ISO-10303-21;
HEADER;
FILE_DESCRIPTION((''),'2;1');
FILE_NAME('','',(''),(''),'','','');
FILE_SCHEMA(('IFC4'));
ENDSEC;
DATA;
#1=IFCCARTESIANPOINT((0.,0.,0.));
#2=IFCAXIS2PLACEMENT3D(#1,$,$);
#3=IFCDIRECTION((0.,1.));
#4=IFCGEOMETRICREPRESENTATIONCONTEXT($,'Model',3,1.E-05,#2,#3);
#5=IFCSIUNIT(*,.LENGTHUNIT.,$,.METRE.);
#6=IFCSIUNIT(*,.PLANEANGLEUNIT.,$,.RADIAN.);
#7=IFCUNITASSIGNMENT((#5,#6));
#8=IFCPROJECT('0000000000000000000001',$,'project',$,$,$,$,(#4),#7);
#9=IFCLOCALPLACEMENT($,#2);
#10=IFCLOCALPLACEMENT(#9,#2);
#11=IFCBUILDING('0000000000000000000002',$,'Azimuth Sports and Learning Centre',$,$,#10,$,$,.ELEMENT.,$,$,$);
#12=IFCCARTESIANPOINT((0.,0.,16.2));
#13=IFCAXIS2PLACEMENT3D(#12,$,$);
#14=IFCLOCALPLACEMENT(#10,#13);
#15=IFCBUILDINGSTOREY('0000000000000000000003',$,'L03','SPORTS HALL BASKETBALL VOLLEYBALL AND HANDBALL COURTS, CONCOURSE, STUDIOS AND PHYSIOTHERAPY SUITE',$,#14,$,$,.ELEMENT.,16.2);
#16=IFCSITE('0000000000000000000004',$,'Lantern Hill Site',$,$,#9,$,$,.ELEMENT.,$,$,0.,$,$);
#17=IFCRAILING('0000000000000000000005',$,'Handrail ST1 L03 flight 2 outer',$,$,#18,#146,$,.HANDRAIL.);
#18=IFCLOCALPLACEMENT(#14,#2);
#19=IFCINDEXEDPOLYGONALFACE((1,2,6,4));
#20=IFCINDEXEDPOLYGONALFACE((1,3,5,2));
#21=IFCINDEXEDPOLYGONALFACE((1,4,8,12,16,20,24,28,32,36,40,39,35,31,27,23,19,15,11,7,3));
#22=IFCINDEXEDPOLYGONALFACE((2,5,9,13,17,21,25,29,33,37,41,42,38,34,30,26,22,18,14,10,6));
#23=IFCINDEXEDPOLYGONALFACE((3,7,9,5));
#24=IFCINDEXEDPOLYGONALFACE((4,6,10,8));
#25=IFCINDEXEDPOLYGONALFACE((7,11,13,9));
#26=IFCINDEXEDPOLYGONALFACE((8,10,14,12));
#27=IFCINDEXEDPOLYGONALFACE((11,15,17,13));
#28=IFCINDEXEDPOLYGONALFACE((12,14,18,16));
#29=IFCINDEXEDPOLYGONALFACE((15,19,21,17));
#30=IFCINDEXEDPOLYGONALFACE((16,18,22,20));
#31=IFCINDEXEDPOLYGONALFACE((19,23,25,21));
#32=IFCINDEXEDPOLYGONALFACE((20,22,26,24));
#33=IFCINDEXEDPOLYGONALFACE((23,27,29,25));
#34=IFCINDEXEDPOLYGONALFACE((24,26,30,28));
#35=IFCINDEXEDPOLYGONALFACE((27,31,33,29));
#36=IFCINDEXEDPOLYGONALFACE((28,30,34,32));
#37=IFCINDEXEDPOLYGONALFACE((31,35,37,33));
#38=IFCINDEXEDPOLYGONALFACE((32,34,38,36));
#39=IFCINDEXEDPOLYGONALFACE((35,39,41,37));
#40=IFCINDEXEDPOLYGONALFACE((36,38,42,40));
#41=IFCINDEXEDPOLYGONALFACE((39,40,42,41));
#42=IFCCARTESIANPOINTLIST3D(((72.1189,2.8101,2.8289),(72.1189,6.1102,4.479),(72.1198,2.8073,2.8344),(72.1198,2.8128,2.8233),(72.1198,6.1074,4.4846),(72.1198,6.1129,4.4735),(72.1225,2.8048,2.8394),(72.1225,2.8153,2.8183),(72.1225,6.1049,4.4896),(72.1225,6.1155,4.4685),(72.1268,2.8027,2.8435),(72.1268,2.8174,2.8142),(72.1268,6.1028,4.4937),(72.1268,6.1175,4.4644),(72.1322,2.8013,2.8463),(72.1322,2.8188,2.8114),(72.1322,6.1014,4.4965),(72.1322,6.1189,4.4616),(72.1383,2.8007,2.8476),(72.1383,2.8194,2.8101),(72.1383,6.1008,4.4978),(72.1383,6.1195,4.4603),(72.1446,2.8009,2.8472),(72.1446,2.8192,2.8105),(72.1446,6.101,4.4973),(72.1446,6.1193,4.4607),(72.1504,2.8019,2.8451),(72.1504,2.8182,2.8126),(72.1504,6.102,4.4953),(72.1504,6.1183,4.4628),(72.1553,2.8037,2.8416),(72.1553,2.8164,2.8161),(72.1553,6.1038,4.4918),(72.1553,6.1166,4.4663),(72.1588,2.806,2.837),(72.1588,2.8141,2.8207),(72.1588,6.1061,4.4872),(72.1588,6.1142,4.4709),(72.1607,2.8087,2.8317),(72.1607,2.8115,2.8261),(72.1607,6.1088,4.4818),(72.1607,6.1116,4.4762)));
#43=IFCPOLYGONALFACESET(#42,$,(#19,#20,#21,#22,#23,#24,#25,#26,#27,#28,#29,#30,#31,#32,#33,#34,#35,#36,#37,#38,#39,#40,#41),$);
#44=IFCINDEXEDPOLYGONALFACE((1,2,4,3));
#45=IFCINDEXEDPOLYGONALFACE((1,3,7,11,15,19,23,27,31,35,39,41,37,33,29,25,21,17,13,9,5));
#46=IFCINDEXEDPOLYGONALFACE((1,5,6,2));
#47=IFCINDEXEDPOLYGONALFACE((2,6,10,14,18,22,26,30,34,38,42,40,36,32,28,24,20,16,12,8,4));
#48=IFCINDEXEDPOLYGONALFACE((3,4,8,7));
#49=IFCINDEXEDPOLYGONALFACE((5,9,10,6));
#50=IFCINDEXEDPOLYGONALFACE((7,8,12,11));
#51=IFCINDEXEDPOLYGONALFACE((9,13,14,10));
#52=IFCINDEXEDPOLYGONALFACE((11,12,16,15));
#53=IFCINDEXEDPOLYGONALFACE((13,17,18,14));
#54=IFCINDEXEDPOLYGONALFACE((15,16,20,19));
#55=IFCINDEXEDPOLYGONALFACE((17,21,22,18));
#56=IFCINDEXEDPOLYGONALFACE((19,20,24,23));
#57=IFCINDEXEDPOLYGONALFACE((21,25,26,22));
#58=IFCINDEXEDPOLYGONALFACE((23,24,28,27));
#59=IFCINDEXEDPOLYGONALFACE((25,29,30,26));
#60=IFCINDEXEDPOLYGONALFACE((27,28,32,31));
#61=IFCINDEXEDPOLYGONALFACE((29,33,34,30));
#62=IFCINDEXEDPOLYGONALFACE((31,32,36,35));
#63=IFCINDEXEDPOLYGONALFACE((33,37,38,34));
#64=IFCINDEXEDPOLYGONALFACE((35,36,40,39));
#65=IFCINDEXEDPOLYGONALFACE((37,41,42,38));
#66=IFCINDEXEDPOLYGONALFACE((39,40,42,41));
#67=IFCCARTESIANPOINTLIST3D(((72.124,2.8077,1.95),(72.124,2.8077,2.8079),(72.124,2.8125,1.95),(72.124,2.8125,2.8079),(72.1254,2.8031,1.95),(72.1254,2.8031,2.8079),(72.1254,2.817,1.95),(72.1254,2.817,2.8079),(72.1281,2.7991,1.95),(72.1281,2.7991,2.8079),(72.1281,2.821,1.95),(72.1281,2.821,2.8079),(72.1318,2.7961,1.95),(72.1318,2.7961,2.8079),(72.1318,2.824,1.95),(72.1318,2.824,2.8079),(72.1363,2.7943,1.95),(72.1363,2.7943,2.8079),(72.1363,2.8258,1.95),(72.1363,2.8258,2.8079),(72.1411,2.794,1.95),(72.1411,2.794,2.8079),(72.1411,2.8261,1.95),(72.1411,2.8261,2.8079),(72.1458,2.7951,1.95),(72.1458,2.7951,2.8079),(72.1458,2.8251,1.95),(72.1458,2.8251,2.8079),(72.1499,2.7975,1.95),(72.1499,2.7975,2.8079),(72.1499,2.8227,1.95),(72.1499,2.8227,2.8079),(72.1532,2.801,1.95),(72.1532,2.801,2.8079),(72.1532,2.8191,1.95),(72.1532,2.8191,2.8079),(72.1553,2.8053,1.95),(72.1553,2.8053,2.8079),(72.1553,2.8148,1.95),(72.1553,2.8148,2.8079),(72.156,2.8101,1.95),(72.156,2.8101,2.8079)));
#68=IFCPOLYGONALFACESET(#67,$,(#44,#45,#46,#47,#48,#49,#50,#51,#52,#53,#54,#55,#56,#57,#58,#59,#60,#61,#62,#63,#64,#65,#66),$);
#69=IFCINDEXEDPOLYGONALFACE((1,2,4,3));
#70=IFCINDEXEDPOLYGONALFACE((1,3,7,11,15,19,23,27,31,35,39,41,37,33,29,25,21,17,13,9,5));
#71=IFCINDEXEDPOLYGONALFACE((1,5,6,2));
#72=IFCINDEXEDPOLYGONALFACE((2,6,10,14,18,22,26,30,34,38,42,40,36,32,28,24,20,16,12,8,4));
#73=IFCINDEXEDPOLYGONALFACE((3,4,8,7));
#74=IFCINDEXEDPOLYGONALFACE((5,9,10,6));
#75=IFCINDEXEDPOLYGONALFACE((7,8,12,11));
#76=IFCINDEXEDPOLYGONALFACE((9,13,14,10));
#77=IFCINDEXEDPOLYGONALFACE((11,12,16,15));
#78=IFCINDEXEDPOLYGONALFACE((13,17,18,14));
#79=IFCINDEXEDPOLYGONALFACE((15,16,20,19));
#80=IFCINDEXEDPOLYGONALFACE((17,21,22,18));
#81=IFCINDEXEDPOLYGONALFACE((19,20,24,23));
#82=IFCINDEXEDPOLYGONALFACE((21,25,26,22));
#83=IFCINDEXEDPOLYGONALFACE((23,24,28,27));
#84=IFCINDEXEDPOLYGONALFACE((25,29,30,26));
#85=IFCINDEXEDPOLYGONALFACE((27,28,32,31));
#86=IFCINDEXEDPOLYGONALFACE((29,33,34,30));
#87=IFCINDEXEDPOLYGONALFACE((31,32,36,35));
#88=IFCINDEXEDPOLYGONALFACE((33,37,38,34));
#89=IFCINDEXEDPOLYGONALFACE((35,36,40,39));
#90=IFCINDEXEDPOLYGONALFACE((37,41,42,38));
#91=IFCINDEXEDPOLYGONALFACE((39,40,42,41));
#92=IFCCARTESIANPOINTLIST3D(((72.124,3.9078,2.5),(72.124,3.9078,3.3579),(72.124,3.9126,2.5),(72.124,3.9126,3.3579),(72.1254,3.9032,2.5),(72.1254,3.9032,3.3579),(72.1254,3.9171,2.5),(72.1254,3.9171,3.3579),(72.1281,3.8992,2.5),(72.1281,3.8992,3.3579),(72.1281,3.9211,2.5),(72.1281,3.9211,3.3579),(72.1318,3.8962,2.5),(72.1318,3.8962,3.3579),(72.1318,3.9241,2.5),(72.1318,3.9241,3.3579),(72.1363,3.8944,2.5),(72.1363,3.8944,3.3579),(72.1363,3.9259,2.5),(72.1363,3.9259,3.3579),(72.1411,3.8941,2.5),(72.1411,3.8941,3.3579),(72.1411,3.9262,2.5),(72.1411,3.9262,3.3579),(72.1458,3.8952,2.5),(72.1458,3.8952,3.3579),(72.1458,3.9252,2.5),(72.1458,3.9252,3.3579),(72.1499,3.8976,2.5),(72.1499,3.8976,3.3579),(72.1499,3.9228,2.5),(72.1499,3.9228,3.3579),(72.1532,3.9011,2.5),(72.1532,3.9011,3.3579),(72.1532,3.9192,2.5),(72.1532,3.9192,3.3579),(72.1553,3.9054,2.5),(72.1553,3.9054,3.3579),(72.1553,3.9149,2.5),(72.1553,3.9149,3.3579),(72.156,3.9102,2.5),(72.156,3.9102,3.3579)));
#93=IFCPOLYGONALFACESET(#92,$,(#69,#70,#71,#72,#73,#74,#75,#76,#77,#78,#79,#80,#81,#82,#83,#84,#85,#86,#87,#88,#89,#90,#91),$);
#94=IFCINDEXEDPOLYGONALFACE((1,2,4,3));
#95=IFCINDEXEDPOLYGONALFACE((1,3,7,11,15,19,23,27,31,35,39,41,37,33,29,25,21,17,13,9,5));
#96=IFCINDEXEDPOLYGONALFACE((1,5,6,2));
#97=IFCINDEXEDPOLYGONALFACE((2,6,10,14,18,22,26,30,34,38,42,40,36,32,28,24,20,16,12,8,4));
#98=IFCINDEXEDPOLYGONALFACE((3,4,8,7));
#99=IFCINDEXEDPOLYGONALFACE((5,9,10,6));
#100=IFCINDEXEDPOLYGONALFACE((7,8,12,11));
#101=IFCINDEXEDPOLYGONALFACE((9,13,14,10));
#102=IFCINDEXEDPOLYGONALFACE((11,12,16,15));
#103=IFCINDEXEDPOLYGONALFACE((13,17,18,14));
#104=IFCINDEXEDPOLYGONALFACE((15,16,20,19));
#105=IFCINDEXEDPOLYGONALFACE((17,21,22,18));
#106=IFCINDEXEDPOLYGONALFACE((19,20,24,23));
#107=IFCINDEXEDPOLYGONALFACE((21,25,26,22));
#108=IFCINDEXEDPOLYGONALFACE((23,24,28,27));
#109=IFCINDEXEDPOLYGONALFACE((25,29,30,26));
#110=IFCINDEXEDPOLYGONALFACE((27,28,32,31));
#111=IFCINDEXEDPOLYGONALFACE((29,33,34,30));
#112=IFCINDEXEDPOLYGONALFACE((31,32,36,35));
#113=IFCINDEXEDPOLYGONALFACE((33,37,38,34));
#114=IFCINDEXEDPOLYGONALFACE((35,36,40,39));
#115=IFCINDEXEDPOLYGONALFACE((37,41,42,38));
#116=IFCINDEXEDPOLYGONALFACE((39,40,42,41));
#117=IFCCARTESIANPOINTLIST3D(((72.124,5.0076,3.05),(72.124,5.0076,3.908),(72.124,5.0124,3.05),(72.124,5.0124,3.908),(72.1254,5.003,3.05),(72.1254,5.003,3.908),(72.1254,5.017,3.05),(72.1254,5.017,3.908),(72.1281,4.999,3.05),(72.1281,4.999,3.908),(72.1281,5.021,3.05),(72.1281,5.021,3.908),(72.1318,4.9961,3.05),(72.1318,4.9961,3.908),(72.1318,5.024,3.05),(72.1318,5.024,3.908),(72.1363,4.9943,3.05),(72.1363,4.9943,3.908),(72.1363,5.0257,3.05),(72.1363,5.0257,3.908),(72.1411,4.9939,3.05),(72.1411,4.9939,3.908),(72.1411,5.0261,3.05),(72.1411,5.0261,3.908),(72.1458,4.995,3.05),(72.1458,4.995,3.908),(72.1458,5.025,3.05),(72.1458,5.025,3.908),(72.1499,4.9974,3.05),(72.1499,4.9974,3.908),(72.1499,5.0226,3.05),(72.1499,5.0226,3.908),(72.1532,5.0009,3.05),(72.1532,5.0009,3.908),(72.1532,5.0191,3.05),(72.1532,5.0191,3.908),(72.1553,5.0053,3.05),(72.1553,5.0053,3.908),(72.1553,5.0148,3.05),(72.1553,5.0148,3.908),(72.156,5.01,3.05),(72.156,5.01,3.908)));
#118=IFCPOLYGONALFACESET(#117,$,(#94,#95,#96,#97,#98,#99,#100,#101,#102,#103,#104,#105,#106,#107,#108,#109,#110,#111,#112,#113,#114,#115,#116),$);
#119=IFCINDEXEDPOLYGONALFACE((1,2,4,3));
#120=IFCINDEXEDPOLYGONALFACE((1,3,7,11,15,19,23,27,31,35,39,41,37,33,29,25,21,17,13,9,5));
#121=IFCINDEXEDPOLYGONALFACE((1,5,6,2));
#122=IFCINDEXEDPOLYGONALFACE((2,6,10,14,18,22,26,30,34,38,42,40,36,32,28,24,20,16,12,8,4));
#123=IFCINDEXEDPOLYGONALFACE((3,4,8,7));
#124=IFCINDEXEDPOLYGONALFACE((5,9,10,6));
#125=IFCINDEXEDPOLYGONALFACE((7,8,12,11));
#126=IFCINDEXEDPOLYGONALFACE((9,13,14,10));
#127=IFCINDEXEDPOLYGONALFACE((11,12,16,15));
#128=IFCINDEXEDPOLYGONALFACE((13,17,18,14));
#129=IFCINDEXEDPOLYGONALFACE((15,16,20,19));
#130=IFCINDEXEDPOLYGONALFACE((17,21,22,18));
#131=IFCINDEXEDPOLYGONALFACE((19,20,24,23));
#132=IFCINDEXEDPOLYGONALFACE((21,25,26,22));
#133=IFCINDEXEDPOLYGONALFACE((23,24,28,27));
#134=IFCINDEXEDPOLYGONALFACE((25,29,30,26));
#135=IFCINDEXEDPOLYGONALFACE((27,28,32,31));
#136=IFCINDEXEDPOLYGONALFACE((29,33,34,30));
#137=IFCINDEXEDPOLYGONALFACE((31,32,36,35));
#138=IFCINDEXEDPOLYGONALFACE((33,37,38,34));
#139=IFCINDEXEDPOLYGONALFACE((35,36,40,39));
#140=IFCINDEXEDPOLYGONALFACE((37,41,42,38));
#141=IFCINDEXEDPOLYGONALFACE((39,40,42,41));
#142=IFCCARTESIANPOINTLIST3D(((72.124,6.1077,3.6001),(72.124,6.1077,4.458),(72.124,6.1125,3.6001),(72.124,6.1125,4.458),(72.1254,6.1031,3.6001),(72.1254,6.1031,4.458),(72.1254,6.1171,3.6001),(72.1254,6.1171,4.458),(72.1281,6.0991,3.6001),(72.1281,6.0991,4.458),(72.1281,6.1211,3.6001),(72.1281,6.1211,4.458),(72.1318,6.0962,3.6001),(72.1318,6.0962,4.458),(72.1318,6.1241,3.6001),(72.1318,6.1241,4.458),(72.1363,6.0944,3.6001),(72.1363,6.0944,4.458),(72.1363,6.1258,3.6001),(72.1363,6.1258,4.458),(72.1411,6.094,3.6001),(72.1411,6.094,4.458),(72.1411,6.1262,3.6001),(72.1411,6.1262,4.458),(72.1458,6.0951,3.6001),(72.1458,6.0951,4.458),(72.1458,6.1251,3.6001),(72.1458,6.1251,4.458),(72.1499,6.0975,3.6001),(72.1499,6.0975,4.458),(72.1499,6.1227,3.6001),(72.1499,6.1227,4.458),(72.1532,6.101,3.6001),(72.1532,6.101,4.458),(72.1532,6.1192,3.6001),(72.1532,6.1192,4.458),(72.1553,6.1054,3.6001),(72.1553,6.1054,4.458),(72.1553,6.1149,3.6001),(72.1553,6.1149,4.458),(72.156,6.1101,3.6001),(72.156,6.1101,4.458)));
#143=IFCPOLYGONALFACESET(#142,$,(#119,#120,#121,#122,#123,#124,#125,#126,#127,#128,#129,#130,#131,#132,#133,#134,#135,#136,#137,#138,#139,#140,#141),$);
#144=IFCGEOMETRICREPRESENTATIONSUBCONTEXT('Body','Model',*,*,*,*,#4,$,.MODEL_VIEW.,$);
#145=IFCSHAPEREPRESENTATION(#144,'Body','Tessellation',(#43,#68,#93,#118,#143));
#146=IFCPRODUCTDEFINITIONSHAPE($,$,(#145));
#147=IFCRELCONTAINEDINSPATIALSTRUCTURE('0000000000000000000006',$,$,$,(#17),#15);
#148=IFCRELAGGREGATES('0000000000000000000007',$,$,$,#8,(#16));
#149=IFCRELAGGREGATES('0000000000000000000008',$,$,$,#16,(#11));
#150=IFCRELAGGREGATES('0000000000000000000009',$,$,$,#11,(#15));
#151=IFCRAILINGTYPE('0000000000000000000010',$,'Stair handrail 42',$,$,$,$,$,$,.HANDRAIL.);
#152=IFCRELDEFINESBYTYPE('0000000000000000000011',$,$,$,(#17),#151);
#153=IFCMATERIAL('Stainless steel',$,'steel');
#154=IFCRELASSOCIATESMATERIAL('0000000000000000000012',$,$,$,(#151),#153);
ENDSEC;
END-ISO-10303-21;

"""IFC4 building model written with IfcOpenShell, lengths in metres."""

from ifc_helpers import new_model, si_unit, direction, frame, origin, origin_2d, place, context, subcontext, project, spatial, circle, extrude, material, type_object, element, save


model = new_model("IFC4")

# Units and contexts
model_context = context("Model", 3, precision=1e-05, world=origin(), true_north=direction((0.0, 1.0)))
body_context = subcontext(model_context, "Body", "Model", "MODEL_VIEW")
ifc_project = project(units=[si_unit("LENGTHUNIT", "METRE"), si_unit("PLANEANGLEUNIT", "RADIAN")], contexts=[model_context])

# Site, building, storey
site_placement = place(None, origin())
site = spatial("IfcSite", under=ifc_project, at=site_placement, Name="Lantern Hill Site", CompositionType="ELEMENT", RefElevation=0.0)
building_placement = place(site_placement, origin())
building = spatial("IfcBuilding", under=site, at=building_placement, Name="Azimuth Sports and Learning Centre", CompositionType="ELEMENT")
storey_placement = place(building_placement, frame((0.0, 0.0, 16.2)))
storey = spatial("IfcBuildingStorey", under=building, at=storey_placement, Name="L03", Description="SPORTS HALL BASKETBALL VOLLEYBALL AND HANDBALL COURTS, CONCOURSE, STUDIOS AND PHYSIOTHERAPY SUITE", CompositionType="ELEMENT", Elevation=16.2)

# Railing
ifc_material_1 = material(Name="Stainless steel", Category="steel")
railing_type_1 = type_object("IfcRailingType", Name="Stair handrail 42", PredefinedType="HANDRAIL", material=ifc_material_1)
for number, where, name in (
    (1, (72.1399, 2.8101, 1.95), "Handrail ST1 L03 flight 2 outer"),
):
    element("IfcRailing", number, at=place(storey_placement, frame(where)), inside=storey, type_object=railing_type_1, Name=name, PredefinedType="HANDRAIL", context=body_context, shape_type="SweptSolid", body=[
        extrude(circle(Radius=0.021, at=origin_2d()), frame((0.0, 0.0, 0.8789), z_axis=(0.0, 0.894414, 0.44724), x_axis=(-1.0, 0.0, 0.0)), (0.0, 0.0, 1.0), 3.6897),
        extrude(circle(Radius=0.0161, at=origin_2d()), origin(), (0.0, 0.0, 1.0), 0.8579),
        extrude(circle(Radius=0.0161, at=origin_2d()), frame((0.0, 1.1001, 0.55)), (0.0, 0.0, 1.0), 0.8579),
        extrude(circle(Radius=0.0161, at=origin_2d()), frame((0.0, 2.2, 1.1001)), (0.0, 0.0, 1.0), 0.8579),
        extrude(circle(Radius=0.0161, at=origin_2d()), frame((0.0, 3.3, 1.6501)), (0.0, 0.0, 1.0), 0.8579),
    ])

save(model, "model.ifc")
